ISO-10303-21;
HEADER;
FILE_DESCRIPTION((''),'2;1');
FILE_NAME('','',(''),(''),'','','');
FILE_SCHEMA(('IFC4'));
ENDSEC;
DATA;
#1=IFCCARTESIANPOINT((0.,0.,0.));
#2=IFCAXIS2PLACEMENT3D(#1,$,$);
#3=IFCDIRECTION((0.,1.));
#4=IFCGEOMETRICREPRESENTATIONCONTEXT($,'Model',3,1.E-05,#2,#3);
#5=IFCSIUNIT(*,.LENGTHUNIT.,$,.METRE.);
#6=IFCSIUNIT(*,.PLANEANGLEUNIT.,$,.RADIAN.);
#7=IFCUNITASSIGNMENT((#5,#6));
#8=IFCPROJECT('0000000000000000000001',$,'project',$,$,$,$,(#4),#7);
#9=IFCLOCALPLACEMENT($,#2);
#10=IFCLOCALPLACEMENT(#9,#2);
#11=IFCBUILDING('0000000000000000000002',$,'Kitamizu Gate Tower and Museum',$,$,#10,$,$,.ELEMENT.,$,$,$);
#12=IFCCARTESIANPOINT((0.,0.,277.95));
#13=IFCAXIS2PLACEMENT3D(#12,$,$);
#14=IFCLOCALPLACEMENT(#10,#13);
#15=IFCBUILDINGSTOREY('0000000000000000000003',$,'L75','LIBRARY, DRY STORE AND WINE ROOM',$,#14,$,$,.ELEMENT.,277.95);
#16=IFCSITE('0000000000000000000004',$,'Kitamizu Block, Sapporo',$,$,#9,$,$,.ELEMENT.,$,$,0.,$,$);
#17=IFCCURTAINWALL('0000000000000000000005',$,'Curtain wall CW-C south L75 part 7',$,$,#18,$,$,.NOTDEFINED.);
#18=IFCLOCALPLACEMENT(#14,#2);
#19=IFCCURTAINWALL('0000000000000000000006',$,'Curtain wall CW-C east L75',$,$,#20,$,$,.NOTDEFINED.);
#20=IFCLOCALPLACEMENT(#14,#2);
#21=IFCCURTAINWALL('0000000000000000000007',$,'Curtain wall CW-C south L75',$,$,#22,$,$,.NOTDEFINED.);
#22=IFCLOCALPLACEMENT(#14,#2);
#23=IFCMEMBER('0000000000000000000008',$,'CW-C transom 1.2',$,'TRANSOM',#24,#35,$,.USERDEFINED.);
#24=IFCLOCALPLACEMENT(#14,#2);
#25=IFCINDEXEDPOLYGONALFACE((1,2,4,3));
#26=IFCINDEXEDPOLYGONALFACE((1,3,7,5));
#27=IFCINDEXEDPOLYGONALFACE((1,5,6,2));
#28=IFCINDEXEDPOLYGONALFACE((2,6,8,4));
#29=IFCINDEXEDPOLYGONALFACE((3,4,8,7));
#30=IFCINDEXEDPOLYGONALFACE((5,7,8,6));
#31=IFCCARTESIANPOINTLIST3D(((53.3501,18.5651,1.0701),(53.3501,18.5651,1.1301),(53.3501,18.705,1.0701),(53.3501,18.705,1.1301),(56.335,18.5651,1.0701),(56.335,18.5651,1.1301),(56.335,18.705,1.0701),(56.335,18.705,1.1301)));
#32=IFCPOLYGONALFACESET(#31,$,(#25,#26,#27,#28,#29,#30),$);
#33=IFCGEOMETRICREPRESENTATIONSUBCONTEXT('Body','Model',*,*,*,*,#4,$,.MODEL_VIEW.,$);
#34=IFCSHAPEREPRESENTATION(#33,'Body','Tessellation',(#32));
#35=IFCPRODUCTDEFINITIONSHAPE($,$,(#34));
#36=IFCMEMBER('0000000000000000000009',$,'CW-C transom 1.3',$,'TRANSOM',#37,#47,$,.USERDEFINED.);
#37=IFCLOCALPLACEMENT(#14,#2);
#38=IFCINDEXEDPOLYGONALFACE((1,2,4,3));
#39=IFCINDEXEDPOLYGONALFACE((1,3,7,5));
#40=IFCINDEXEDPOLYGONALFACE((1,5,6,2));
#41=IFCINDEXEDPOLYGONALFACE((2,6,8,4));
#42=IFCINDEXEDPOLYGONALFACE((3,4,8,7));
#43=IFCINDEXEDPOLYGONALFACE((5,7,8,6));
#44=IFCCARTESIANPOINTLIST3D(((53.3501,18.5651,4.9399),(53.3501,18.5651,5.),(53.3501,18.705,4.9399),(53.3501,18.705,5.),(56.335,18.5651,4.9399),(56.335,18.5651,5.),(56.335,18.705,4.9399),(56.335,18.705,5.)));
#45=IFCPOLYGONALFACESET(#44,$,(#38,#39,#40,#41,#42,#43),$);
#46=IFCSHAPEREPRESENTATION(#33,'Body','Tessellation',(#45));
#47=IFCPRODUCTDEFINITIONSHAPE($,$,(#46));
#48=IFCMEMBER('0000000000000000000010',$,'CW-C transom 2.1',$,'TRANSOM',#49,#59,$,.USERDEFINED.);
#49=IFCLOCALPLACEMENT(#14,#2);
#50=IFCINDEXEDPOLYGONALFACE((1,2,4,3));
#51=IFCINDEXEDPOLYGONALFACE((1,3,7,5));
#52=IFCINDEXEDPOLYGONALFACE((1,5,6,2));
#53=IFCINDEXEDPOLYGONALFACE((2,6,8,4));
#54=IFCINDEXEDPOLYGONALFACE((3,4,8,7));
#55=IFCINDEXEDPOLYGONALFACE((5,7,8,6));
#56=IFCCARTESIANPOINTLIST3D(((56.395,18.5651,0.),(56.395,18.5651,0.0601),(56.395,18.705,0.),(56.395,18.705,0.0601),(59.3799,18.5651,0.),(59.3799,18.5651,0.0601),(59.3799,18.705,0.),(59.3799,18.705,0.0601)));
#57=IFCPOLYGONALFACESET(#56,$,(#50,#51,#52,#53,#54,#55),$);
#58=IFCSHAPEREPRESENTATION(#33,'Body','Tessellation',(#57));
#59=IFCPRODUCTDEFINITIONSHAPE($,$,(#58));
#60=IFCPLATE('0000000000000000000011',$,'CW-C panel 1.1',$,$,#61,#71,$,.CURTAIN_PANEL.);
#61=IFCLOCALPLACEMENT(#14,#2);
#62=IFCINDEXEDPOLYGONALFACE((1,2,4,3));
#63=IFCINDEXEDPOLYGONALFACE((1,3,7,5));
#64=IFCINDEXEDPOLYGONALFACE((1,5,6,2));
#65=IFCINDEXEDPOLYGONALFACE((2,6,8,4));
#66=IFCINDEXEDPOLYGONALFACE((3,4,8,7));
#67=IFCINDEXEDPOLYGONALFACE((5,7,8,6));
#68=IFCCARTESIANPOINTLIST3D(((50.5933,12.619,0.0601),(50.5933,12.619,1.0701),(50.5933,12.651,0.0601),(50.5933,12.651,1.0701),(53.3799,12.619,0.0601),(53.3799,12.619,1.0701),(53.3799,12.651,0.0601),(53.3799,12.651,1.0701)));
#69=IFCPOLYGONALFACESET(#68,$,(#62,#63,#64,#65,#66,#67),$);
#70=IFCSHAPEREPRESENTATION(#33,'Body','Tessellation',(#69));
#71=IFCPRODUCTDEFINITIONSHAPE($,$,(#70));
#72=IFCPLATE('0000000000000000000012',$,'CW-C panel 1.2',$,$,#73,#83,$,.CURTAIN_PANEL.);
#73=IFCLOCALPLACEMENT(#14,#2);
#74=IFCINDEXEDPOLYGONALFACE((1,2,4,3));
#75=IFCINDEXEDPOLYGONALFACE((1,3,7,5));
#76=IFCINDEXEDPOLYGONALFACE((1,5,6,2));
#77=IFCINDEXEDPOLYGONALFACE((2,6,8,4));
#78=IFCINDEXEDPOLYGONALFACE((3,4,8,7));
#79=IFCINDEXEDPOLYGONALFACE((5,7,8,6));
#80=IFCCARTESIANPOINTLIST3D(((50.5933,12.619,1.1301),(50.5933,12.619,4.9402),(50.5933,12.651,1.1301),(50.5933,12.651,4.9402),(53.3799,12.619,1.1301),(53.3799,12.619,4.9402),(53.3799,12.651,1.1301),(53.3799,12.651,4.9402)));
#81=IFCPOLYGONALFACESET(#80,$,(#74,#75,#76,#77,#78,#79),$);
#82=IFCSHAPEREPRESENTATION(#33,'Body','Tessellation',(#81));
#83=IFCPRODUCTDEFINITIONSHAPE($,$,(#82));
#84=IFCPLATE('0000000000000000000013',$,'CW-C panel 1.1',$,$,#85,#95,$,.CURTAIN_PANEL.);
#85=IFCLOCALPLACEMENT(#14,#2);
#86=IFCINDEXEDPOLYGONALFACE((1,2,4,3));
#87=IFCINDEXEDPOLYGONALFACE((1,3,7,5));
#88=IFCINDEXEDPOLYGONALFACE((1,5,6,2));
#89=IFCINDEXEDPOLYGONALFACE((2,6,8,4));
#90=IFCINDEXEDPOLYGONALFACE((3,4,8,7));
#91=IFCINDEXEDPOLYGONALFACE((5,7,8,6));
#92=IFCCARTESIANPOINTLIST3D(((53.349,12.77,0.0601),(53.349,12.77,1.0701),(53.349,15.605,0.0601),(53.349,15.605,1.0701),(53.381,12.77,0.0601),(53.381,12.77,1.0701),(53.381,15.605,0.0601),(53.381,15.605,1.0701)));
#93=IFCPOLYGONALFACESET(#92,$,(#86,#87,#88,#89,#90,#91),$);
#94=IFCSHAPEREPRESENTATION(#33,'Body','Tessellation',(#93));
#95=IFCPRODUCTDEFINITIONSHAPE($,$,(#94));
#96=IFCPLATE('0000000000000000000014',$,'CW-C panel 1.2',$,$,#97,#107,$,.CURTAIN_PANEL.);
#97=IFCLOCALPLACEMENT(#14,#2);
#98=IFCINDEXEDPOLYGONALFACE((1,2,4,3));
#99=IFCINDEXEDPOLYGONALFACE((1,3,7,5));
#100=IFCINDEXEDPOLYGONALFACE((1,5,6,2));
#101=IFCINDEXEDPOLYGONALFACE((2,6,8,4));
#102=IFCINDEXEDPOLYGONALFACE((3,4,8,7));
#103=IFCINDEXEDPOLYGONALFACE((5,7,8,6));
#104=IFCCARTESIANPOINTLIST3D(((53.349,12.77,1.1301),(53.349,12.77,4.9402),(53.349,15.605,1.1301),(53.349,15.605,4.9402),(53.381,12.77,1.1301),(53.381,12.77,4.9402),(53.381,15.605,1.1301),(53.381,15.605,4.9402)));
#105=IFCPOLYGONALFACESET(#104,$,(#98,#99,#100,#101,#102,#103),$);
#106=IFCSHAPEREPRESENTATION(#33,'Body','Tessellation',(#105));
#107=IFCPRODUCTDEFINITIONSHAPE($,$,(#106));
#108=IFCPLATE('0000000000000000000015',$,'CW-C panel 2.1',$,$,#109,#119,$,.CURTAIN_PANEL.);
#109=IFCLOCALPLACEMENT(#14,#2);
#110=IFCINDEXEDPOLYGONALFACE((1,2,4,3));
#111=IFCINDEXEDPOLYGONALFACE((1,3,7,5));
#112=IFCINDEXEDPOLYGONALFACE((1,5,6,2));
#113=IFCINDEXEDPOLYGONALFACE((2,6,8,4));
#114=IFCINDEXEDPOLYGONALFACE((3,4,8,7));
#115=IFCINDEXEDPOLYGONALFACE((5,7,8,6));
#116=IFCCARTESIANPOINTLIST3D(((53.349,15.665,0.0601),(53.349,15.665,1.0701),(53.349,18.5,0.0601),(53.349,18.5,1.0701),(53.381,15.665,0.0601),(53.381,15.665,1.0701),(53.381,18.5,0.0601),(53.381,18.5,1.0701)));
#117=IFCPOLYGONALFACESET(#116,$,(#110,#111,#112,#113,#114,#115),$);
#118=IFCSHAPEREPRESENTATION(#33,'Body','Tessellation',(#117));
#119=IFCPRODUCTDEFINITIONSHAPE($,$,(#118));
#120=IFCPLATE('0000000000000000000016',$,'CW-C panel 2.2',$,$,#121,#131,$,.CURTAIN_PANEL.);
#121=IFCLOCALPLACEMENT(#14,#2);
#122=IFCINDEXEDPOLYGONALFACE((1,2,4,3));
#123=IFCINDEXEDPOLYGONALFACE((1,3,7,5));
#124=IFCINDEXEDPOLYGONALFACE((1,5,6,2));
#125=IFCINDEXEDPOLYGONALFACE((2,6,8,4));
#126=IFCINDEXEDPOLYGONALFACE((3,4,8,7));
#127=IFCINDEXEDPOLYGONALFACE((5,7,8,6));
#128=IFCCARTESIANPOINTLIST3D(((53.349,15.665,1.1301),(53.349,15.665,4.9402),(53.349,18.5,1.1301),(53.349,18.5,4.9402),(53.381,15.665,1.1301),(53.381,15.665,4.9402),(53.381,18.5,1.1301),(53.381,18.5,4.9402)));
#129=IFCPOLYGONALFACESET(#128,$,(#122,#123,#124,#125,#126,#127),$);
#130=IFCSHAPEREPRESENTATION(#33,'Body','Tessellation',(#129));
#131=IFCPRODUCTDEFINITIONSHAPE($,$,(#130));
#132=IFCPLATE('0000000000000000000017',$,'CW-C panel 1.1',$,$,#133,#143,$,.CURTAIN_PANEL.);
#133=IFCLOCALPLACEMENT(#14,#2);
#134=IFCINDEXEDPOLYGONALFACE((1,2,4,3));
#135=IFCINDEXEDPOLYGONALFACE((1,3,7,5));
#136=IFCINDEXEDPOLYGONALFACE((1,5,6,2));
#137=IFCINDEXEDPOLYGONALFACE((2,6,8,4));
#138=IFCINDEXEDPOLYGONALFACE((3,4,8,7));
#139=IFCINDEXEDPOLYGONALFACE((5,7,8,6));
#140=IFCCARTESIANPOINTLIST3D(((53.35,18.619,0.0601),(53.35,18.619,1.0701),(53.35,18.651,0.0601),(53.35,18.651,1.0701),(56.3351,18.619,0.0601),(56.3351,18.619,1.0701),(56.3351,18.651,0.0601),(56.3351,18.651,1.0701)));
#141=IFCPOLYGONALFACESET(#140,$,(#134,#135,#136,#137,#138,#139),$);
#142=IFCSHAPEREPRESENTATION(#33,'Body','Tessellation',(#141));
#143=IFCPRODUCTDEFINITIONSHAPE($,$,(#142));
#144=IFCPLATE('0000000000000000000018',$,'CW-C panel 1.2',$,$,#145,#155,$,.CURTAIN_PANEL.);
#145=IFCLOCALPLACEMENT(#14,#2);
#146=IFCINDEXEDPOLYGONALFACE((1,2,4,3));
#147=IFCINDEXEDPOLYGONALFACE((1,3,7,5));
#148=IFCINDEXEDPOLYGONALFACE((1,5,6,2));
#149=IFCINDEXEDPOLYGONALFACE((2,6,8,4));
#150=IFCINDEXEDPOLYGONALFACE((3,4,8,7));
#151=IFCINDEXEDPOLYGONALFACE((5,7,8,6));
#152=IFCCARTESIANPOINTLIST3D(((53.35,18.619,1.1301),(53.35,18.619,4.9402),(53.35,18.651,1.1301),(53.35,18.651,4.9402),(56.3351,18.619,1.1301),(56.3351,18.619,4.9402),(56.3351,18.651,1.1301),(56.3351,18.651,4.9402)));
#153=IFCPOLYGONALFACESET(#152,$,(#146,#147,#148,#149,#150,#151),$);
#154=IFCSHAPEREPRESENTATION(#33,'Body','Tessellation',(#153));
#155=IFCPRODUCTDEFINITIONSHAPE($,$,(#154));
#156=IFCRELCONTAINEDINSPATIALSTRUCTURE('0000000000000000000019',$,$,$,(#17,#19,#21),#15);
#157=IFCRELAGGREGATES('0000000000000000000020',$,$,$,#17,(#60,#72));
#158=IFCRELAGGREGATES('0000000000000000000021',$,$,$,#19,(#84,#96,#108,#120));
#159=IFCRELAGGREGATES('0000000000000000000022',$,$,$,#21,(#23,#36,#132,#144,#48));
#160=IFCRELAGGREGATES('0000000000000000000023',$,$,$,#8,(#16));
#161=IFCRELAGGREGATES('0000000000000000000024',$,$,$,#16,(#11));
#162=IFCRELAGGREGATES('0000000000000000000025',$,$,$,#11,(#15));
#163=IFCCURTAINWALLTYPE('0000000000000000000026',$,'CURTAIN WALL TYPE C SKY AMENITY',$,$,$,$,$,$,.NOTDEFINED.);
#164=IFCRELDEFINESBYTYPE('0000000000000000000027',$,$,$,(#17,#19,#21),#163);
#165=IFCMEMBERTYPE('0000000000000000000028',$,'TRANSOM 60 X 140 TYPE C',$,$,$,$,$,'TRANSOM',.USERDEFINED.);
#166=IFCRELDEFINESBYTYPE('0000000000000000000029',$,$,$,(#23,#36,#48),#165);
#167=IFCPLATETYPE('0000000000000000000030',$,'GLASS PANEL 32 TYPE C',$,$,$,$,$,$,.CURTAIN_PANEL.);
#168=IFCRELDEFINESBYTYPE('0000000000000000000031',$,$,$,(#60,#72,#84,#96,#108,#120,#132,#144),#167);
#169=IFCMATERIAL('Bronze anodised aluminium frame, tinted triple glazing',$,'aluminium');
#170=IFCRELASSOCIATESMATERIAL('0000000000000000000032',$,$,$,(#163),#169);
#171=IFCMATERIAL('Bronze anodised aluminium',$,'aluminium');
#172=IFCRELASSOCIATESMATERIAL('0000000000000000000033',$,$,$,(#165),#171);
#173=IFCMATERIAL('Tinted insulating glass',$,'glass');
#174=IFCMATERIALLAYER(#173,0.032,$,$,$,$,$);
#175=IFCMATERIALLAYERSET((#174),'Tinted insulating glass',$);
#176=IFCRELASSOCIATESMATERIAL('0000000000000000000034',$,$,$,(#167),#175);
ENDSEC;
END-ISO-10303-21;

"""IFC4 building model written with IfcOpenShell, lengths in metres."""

from ifc_helpers import new_model, si_unit, direction, frame, origin, origin_2d, place, context, subcontext, project, spatial, rectangle, extrude, material, layer, layer_set, material_profile, profile_set, type_object, element, aggregate, save


model = new_model("IFC4")

# Units and contexts
model_context = context("Model", 3, precision=1e-05, world=origin(), true_north=direction((0.0, 1.0)))
body_context = subcontext(model_context, "Body", "Model", "MODEL_VIEW")
ifc_project = project(units=[si_unit("LENGTHUNIT", "METRE"), si_unit("PLANEANGLEUNIT", "RADIAN")], contexts=[model_context])

# Site, building, storey
site_placement = place(None, origin())
site = spatial("IfcSite", under=ifc_project, at=site_placement, Name="Kitamizu Block, Sapporo", CompositionType="ELEMENT", RefElevation=0.0)
building_placement = place(site_placement, origin())
building = spatial("IfcBuilding", under=site, at=building_placement, Name="Kitamizu Gate Tower and Museum", CompositionType="ELEMENT")
storey_placement = place(building_placement, frame((0.0, 0.0, 277.95)))
storey = spatial("IfcBuildingStorey", under=building, at=storey_placement, Name="L75", Description="LIBRARY, DRY STORE AND WINE ROOM", CompositionType="ELEMENT", Elevation=277.95)

# Curtain wall
ifc_material_1 = material(Name="Bronze anodised aluminium frame, tinted triple glazing", Category="aluminium")
curtain_wall_type = type_object("IfcCurtainWallType", Name="CURTAIN WALL TYPE C SKY AMENITY", PredefinedType="NOTDEFINED", material=ifc_material_1)
curtain_wall_1_placement = place(storey_placement, origin())
curtain_wall_1 = element("IfcCurtainWall", 1, at=curtain_wall_1_placement, inside=storey, type_object=curtain_wall_type, Name="Curtain wall CW-C south L75 part 7", PredefinedType="NOTDEFINED")

# Curtain walls
curtain_wall_2_placement = place(storey_placement, origin())
curtain_wall_2 = element("IfcCurtainWall", 2, at=curtain_wall_2_placement, inside=storey, type_object=curtain_wall_type, Name="Curtain wall CW-C east L75", PredefinedType="NOTDEFINED")
curtain_wall_3_placement = place(storey_placement, origin())
curtain_wall_3 = element("IfcCurtainWall", 3, at=curtain_wall_3_placement, inside=storey, type_object=curtain_wall_type, Name="Curtain wall CW-C south L75", PredefinedType="NOTDEFINED")

# Members
ifc_material_2 = material(Name="Bronze anodised aluminium", Category="aluminium")
ifc_material_profile_1 = material_profile(ifc_material_2, rectangle(XDim=0.1399, YDim=0.0601, at=origin_2d()), Name="AL 60X140")
ifc_profile_set_1 = profile_set([ifc_material_profile_1], Name="Bronze anodised aluminium")
member_type_1 = type_object("IfcMemberType", Name="TRANSOM 60 X 140 TYPE C", ElementType="TRANSOM", PredefinedType="USERDEFINED", material=ifc_profile_set_1)
member_1_placement = place(storey_placement, frame((53.3501, 18.635, 1.1001), z_axis=(1.0, 0.0, 0.0), x_axis=(0.0, 1.0, 0.0)))
member_1 = element("IfcMember", 4, at=member_1_placement, type_object=member_type_1, Name="CW-C transom 1.2", ObjectType="TRANSOM", PredefinedType="USERDEFINED", context=body_context, shape_type="SweptSolid", body=[
    extrude(rectangle(XDim=0.1399, YDim=0.0601, at=origin_2d()), origin(), (0.0, 0.0, 1.0), 2.9849),
])
member_2_placement = place(storey_placement, frame((53.3501, 18.635, 4.97), z_axis=(1.0, 0.0, 0.0), x_axis=(0.0, 1.0, 0.0)))
member_2 = element("IfcMember", 5, at=member_2_placement, type_object=member_type_1, Name="CW-C transom 1.3", ObjectType="TRANSOM", PredefinedType="USERDEFINED", context=body_context, shape_type="SweptSolid", body=[
    extrude(rectangle(XDim=0.1399, YDim=0.0601, at=origin_2d()), origin(), (0.0, 0.0, 1.0), 2.9849),
])
member_3_placement = place(storey_placement, frame((56.395, 18.635, 0.03), z_axis=(1.0, 0.0, 0.0), x_axis=(0.0, 1.0, 0.0)))
member_3 = element("IfcMember", 6, at=member_3_placement, type_object=member_type_1, Name="CW-C transom 2.1", ObjectType="TRANSOM", PredefinedType="USERDEFINED", context=body_context, shape_type="SweptSolid", body=[
    extrude(rectangle(XDim=0.1399, YDim=0.0601, at=origin_2d()), origin(), (0.0, 0.0, 1.0), 2.9849),
])

# Plates
ifc_material_3 = material(Name="Tinted insulating glass", Category="glass")
ifc_layer = layer(ifc_material_3, 0.032)
ifc_layer_set = layer_set([ifc_layer], Name="Tinted insulating glass")
plate_type = type_object("IfcPlateType", Name="GLASS PANEL 32 TYPE C", PredefinedType="CURTAIN_PANEL", material=ifc_layer_set)
plate_1_placement = place(storey_placement, frame((51.9866, 12.635, 0.0601), z_axis=(0.0, 0.0, 1.0), x_axis=(1.0, 0.0, 0.0)))
plate_1 = element("IfcPlate", 7, at=plate_1_placement, type_object=plate_type, Name="CW-C panel 1.1", PredefinedType="CURTAIN_PANEL", context=body_context, shape_type="SweptSolid", body=[
    extrude(rectangle(XDim=2.7866, YDim=0.032, at=origin_2d()), origin(), (0.0, 0.0, 1.0), 1.01),
])
plate_2_placement = place(storey_placement, frame((51.9866, 12.635, 1.1301), z_axis=(0.0, 0.0, 1.0), x_axis=(1.0, 0.0, 0.0)))
plate_2 = element("IfcPlate", 8, at=plate_2_placement, type_object=plate_type, Name="CW-C panel 1.2", PredefinedType="CURTAIN_PANEL", context=body_context, shape_type="SweptSolid", body=[
    extrude(rectangle(XDim=2.7866, YDim=0.032, at=origin_2d()), origin(), (0.0, 0.0, 1.0), 3.8101),
])
aggregate(curtain_wall_1, [plate_1, plate_2])
plate_3_placement = place(storey_placement, frame((53.365, 14.1875, 0.0601), z_axis=(0.0, 0.0, 1.0), x_axis=(0.0, 1.0, 0.0)))
plate_3 = element("IfcPlate", 9, at=plate_3_placement, type_object=plate_type, Name="CW-C panel 1.1", PredefinedType="CURTAIN_PANEL", context=body_context, shape_type="SweptSolid", body=[
    extrude(rectangle(XDim=2.835, YDim=0.032, at=origin_2d()), origin(), (0.0, 0.0, 1.0), 1.01),
])
plate_4_placement = place(storey_placement, frame((53.365, 14.1875, 1.1301), z_axis=(0.0, 0.0, 1.0), x_axis=(0.0, 1.0, 0.0)))
plate_4 = element("IfcPlate", 10, at=plate_4_placement, type_object=plate_type, Name="CW-C panel 1.2", PredefinedType="CURTAIN_PANEL", context=body_context, shape_type="SweptSolid", body=[
    extrude(rectangle(XDim=2.835, YDim=0.032, at=origin_2d()), origin(), (0.0, 0.0, 1.0), 3.8101),
])
plate_5_placement = place(storey_placement, frame((53.365, 17.0825, 0.0601), z_axis=(0.0, 0.0, 1.0), x_axis=(0.0, 1.0, 0.0)))
plate_5 = element("IfcPlate", 11, at=plate_5_placement, type_object=plate_type, Name="CW-C panel 2.1", PredefinedType="CURTAIN_PANEL", context=body_context, shape_type="SweptSolid", body=[
    extrude(rectangle(XDim=2.835, YDim=0.032, at=origin_2d()), origin(), (0.0, 0.0, 1.0), 1.01),
])
plate_6_placement = place(storey_placement, frame((53.365, 17.0825, 1.1301), z_axis=(0.0, 0.0, 1.0), x_axis=(0.0, 1.0, 0.0)))
plate_6 = element("IfcPlate", 12, at=plate_6_placement, type_object=plate_type, Name="CW-C panel 2.2", PredefinedType="CURTAIN_PANEL", context=body_context, shape_type="SweptSolid", body=[
    extrude(rectangle(XDim=2.835, YDim=0.032, at=origin_2d()), origin(), (0.0, 0.0, 1.0), 3.8101),
])
aggregate(curtain_wall_2, [plate_3, plate_4, plate_5, plate_6])
plate_7_placement = place(storey_placement, frame((54.8425, 18.635, 0.0601), z_axis=(0.0, 0.0, 1.0), x_axis=(1.0, 0.0, 0.0)))
plate_7 = element("IfcPlate", 13, at=plate_7_placement, type_object=plate_type, Name="CW-C panel 1.1", PredefinedType="CURTAIN_PANEL", context=body_context, shape_type="SweptSolid", body=[
    extrude(rectangle(XDim=2.9851, YDim=0.032, at=origin_2d()), origin(), (0.0, 0.0, 1.0), 1.01),
])
plate_8_placement = place(storey_placement, frame((54.8425, 18.635, 1.1301), z_axis=(0.0, 0.0, 1.0), x_axis=(1.0, 0.0, 0.0)))
plate_8 = element("IfcPlate", 14, at=plate_8_placement, type_object=plate_type, Name="CW-C panel 1.2", PredefinedType="CURTAIN_PANEL", context=body_context, shape_type="SweptSolid", body=[
    extrude(rectangle(XDim=2.9851, YDim=0.032, at=origin_2d()), origin(), (0.0, 0.0, 1.0), 3.8101),
])
aggregate(curtain_wall_3, [member_1, member_2, plate_7, plate_8, member_3])

save(model, "model.ifc")
